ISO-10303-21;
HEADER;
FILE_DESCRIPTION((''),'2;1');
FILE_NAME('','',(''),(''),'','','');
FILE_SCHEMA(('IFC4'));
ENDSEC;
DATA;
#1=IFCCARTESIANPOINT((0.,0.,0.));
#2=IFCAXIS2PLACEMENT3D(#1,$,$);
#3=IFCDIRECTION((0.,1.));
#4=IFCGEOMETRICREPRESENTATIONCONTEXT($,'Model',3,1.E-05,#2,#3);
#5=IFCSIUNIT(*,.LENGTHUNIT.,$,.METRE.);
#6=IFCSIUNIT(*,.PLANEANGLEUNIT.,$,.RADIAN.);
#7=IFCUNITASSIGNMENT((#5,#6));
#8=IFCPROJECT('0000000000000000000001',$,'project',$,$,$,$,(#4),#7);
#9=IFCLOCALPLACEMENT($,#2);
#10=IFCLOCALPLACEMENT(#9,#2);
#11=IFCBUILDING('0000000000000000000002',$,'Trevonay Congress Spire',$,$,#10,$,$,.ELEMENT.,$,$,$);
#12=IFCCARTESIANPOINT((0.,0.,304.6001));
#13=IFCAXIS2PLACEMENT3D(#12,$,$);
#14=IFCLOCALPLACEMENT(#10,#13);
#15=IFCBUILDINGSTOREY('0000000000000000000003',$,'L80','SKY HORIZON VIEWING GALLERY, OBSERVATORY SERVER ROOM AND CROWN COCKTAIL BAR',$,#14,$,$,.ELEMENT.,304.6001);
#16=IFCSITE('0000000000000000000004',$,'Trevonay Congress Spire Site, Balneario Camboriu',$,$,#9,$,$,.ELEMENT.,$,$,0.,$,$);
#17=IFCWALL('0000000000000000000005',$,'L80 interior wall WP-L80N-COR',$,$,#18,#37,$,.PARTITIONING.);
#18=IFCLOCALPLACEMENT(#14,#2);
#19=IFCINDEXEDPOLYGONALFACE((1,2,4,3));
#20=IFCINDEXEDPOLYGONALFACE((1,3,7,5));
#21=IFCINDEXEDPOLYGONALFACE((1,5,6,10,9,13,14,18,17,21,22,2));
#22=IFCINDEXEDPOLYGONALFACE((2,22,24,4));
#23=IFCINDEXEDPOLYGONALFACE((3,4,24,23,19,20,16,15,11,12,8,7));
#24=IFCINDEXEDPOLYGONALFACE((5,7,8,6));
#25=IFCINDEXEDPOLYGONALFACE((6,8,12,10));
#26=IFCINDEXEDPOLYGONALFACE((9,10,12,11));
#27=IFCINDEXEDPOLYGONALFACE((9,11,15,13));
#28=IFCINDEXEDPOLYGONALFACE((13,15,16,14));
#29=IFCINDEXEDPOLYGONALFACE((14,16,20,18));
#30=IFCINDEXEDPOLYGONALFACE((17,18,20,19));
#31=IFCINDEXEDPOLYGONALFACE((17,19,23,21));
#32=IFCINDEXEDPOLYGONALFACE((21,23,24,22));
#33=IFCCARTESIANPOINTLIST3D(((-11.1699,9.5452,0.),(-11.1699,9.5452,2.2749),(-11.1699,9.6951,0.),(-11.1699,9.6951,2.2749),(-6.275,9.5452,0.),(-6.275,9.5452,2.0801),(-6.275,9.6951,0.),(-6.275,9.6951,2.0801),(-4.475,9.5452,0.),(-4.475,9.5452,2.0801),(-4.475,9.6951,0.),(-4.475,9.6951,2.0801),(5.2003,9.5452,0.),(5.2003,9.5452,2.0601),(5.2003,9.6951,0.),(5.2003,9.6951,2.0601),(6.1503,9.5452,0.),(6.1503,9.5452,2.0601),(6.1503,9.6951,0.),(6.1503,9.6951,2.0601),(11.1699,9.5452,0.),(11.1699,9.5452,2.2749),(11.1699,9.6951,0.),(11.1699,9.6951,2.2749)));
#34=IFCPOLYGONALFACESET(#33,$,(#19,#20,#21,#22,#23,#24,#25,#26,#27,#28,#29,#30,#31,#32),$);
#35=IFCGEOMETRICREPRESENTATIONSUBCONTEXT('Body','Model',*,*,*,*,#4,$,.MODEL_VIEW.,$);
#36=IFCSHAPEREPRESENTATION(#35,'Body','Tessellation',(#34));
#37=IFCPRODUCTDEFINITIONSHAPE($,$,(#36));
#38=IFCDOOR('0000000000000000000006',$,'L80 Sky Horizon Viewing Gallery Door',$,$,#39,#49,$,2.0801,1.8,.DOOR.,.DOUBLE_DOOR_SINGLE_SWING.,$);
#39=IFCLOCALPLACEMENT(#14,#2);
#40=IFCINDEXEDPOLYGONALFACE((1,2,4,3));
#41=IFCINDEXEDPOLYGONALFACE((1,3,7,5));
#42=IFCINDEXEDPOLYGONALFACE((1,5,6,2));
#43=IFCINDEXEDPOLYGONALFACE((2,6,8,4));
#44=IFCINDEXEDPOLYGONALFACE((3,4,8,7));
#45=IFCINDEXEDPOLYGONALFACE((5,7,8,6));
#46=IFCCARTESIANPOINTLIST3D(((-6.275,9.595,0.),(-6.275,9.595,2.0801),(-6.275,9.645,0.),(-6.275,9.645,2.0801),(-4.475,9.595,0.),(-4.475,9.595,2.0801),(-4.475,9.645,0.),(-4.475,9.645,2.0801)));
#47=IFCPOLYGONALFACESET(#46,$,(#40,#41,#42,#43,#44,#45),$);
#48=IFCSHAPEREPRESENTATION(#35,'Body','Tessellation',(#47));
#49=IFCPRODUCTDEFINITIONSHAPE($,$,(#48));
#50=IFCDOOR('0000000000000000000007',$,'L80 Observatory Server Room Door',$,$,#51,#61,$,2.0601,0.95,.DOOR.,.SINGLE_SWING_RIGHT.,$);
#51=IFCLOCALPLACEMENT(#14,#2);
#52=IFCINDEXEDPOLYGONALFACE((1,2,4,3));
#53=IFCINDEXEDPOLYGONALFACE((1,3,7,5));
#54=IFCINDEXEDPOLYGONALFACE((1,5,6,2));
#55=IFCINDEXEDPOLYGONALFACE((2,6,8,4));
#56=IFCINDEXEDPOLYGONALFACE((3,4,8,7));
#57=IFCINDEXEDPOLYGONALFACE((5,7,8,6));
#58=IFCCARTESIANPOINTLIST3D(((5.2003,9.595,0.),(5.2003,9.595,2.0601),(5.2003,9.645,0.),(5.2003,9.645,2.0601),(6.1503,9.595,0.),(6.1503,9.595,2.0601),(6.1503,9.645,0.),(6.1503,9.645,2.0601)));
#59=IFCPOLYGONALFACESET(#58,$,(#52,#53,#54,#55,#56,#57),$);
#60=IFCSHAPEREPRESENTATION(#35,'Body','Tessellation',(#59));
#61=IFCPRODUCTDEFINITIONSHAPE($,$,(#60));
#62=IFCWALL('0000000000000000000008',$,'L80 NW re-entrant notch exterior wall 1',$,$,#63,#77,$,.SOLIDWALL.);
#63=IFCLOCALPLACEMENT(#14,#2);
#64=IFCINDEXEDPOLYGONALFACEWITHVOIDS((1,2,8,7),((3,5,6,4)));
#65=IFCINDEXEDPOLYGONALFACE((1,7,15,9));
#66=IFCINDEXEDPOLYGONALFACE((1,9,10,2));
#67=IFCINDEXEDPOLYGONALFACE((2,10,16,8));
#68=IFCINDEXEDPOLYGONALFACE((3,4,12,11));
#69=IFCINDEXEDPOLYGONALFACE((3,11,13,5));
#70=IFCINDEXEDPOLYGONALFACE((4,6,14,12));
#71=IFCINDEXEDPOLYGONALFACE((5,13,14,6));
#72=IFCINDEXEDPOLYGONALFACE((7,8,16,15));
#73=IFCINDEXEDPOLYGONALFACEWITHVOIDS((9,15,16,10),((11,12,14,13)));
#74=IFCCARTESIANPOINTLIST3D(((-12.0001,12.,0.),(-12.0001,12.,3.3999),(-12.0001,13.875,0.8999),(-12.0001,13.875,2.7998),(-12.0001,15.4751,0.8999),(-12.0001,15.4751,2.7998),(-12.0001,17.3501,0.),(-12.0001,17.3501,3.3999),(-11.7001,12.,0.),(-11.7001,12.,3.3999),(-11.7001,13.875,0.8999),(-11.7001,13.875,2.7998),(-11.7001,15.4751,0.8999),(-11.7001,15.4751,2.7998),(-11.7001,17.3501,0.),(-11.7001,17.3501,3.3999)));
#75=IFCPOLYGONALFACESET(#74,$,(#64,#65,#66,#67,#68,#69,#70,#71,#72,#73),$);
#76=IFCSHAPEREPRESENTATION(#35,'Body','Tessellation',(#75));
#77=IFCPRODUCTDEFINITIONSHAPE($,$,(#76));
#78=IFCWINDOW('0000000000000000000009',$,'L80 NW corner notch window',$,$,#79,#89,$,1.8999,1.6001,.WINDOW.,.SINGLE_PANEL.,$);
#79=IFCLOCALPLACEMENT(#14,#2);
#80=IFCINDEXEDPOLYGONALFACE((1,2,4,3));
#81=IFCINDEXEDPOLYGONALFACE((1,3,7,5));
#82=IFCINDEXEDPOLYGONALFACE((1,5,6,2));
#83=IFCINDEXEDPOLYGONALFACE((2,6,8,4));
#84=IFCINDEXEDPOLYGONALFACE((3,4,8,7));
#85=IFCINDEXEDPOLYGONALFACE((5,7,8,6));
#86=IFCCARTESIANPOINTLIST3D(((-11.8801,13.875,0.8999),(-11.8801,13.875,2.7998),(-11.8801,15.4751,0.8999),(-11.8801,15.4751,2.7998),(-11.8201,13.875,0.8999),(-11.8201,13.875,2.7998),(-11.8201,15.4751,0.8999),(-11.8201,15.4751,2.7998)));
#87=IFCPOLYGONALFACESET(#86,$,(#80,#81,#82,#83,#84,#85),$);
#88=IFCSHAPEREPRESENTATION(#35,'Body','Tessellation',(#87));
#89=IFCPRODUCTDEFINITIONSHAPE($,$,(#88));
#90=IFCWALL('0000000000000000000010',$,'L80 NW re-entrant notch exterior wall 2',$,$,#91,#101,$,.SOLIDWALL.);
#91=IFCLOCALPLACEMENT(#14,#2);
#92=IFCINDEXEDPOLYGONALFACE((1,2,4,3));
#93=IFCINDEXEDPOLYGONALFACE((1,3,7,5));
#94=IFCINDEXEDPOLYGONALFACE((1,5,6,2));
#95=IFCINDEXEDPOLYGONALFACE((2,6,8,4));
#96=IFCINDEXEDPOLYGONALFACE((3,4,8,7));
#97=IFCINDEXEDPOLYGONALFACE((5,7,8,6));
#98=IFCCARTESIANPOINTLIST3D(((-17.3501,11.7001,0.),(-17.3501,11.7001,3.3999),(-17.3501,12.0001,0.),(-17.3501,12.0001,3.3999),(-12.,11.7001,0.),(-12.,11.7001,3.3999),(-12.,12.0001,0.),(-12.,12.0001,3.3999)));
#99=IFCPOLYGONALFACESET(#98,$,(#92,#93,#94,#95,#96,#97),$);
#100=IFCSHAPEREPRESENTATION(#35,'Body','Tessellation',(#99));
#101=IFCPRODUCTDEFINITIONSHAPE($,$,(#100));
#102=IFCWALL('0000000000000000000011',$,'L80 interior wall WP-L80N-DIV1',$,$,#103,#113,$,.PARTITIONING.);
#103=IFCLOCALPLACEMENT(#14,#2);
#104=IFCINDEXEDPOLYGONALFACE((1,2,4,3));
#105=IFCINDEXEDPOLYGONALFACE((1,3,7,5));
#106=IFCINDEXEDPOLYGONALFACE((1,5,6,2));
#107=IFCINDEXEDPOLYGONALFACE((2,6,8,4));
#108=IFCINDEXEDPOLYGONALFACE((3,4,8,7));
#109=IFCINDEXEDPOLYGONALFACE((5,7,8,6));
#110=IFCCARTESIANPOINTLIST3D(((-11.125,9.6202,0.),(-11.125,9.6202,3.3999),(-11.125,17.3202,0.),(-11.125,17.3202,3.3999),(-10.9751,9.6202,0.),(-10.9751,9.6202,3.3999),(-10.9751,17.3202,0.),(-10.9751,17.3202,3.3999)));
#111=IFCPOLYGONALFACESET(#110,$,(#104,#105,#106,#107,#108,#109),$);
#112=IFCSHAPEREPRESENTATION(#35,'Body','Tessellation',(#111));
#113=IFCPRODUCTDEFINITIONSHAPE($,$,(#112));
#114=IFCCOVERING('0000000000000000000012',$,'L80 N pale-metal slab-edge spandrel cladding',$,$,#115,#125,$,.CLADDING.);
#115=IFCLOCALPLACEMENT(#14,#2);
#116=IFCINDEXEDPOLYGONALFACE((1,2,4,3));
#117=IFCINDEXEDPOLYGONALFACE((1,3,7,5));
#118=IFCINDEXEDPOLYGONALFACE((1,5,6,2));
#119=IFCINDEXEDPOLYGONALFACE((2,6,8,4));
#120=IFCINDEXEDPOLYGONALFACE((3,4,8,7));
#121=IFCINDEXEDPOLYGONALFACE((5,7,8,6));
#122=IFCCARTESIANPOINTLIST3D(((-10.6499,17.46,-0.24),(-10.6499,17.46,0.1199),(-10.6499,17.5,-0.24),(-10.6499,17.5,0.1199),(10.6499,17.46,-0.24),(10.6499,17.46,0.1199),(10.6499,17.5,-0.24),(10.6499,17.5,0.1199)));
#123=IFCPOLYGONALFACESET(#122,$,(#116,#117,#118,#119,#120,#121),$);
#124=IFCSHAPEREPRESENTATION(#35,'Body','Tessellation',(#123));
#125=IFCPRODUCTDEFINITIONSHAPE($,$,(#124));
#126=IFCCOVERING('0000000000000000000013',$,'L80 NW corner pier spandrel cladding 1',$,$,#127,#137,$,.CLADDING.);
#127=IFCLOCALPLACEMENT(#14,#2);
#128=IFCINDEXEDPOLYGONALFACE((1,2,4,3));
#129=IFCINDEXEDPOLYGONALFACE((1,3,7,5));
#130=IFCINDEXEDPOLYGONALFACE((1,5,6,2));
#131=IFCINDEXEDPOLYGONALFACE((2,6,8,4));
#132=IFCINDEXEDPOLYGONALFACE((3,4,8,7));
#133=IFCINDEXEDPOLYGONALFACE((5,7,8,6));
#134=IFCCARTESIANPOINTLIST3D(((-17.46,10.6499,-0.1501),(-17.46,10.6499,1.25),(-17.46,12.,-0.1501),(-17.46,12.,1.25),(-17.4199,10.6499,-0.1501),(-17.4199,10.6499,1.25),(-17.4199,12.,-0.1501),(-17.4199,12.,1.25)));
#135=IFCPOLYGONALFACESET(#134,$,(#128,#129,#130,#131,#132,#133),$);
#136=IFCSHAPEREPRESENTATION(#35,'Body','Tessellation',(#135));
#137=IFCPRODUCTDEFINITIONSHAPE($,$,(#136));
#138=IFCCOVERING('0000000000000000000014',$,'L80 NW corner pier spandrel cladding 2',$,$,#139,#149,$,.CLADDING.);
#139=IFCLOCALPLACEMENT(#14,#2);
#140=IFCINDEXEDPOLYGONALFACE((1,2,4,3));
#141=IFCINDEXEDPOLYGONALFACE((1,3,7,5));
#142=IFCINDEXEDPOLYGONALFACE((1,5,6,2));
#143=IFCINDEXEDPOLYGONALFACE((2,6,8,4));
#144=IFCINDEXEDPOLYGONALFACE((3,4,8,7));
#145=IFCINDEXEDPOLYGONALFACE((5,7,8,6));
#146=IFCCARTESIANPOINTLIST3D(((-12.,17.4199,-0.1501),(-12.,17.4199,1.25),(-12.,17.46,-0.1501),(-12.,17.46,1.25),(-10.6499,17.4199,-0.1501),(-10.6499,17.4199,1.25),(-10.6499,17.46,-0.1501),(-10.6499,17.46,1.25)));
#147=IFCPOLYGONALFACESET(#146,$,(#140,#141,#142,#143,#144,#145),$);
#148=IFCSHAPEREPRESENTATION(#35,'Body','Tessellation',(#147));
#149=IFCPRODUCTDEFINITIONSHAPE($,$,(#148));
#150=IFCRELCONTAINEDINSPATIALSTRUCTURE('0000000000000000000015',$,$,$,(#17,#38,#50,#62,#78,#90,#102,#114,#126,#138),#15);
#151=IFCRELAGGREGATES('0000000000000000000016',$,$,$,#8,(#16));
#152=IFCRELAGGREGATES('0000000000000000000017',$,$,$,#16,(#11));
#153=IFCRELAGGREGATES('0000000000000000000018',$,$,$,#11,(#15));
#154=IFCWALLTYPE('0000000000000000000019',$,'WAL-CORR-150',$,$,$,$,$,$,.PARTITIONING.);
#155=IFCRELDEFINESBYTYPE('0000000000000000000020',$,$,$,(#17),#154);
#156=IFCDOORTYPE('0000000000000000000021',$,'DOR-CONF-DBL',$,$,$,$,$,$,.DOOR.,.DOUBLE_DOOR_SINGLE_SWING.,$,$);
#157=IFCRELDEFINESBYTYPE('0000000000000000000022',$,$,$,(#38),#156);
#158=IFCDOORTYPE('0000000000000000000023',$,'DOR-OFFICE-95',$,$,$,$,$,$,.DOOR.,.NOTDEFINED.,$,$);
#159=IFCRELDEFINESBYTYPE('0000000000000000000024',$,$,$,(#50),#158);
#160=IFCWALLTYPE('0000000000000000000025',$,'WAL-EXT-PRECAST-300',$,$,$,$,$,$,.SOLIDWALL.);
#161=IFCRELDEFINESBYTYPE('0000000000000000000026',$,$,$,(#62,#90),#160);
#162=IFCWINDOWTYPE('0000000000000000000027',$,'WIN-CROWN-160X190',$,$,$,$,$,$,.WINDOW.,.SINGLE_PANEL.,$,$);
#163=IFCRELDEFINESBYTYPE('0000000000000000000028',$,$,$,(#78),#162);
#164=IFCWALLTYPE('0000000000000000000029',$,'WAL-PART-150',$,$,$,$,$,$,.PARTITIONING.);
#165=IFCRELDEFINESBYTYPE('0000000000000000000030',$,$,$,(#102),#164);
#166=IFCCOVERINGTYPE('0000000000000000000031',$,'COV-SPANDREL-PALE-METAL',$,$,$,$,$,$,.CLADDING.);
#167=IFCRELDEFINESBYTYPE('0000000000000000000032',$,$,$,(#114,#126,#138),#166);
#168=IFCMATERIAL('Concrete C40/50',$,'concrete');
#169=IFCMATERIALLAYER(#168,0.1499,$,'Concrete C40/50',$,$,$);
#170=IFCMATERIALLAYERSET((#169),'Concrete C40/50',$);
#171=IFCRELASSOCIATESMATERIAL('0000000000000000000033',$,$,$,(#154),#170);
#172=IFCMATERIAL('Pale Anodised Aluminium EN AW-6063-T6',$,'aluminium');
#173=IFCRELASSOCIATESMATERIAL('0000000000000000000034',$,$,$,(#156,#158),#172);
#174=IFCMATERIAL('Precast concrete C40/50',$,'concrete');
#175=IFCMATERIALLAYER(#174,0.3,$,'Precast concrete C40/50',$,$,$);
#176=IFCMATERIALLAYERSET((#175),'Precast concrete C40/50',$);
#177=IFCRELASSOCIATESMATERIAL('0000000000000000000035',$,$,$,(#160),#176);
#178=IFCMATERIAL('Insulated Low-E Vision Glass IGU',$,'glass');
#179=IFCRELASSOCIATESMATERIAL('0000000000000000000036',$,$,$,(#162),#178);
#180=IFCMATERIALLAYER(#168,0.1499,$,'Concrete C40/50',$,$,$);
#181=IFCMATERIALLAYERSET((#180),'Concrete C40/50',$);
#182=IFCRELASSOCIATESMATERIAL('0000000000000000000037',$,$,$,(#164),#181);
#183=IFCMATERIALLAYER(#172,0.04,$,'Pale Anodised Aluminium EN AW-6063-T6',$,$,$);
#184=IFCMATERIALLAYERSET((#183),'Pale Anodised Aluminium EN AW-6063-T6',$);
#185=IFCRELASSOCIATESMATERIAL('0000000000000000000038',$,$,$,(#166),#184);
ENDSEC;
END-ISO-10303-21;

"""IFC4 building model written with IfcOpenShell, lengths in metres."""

from ifc_helpers import new_model, si_unit, direction, frame, frame_2d, origin, place, context, subcontext, project, spatial, rectangle, extrude, material, layer, layer_set, type_object, element, fill, save


model = new_model("IFC4")

# Units and contexts
model_context = context("Model", 3, precision=1e-05, world=origin(), true_north=direction((0.0, 1.0)))
body_context = subcontext(model_context, "Body", "Model", "MODEL_VIEW")
ifc_project = project(units=[si_unit("LENGTHUNIT", "METRE"), si_unit("PLANEANGLEUNIT", "RADIAN")], contexts=[model_context])

# Site, building, storey
site_placement = place(None, origin())
site = spatial("IfcSite", under=ifc_project, at=site_placement, Name="Trevonay Congress Spire Site, Balneario Camboriu", CompositionType="ELEMENT", RefElevation=0.0)
building_placement = place(site_placement, origin())
building = spatial("IfcBuilding", under=site, at=building_placement, Name="Trevonay Congress Spire", CompositionType="ELEMENT")
storey_placement = place(building_placement, frame((0.0, 0.0, 304.6001)))
storey = spatial("IfcBuildingStorey", under=building, at=storey_placement, Name="L80", Description="SKY HORIZON VIEWING GALLERY, OBSERVATORY SERVER ROOM AND CROWN COCKTAIL BAR", CompositionType="ELEMENT", Elevation=304.6001)

# Shared definitions
ifc_material_1 = material(Name="Pale Anodised Aluminium EN AW-6063-T6", Category="aluminium")

# Shared definitions
ifc_material_2 = material(Name="Insulated Low-E Vision Glass IGU", Category="glass")

# Wall, openings, doors
ifc_material_3 = material(Name="Concrete C40/50", Category="concrete")
ifc_layer_1 = layer(ifc_material_3, 0.1499, Name="Concrete C40/50")
ifc_layer_set_1 = layer_set([ifc_layer_1], Name="Concrete C40/50")
wall_type_1 = type_object("IfcWallType", Name="WAL-CORR-150", PredefinedType="PARTITIONING", material=ifc_layer_set_1)
wall_1_placement = place(storey_placement, frame((-11.1699, 9.6201, 0.0), z_axis=(0.0, 0.0, 1.0), x_axis=(1.0, 0.0, 0.0)))
wall_1 = element("IfcWall", 1, at=wall_1_placement, inside=storey, type_object=wall_type_1, Name="L80 interior wall WP-L80N-COR", PredefinedType="PARTITIONING", context=body_context, shape_type="SweptSolid", body=[
    extrude(rectangle(XDim=22.3398, YDim=0.1499, at=frame_2d((11.1699, 0.0))), origin(), (0.0, 0.0, 1.0), 2.2749),
])
opening_1_placement = place(wall_1_placement, frame((4.895, 0.0, 0.0)))
opening_1 = element("IfcOpeningElement", 2, at=opening_1_placement, cuts=wall_1, PredefinedType="OPENING", context=body_context, shape_type="SweptSolid", body=[
    extrude(rectangle(XDim=1.8, YDim=2.0801, at=frame_2d((0.8999, 1.04))), frame((0.0, 0.085, 0.0), z_axis=(0.0, -1.0, 0.0), x_axis=(1.0, 0.0, 0.0)), (0.0, 0.0, 1.0), 0.1699),
])
opening_2_placement = place(wall_1_placement, frame((16.3701, 0.0, 0.0)))
opening_2 = element("IfcOpeningElement", 3, at=opening_2_placement, cuts=wall_1, PredefinedType="OPENING", context=body_context, shape_type="SweptSolid", body=[
    extrude(rectangle(XDim=0.95, YDim=2.0601, at=frame_2d((0.4751, 1.03))), frame((0.0, 0.085, 0.0), z_axis=(0.0, -1.0, 0.0), x_axis=(1.0, 0.0, 0.0)), (0.0, 0.0, 1.0), 0.1699),
])
door_type_1 = type_object("IfcDoorType", Name="DOR-CONF-DBL", OperationType="DOUBLE_DOOR_SINGLE_SWING", PredefinedType="DOOR", material=ifc_material_1)
door_1_placement = place(opening_1_placement, origin())
door_1 = element("IfcDoor", 4, at=door_1_placement, inside=storey, type_object=door_type_1, Name="L80 Sky Horizon Viewing Gallery Door", OperationType="DOUBLE_DOOR_SINGLE_SWING", OverallHeight=2.0801, OverallWidth=1.8, PredefinedType="DOOR", context=body_context, shape_type="SweptSolid", body=[
    extrude(rectangle(XDim=1.8, YDim=2.0801, at=frame_2d((0.8999, 1.04))), frame((0.0, 0.0249, 0.0), z_axis=(0.0, -1.0, 0.0), x_axis=(1.0, 0.0, 0.0)), (0.0, 0.0, 1.0), 0.05),
])
fill(opening_1, door_1)
door_type_2 = type_object("IfcDoorType", Name="DOR-OFFICE-95", OperationType="NOTDEFINED", PredefinedType="DOOR", material=ifc_material_1)
door_2_placement = place(opening_2_placement, origin())
door_2 = element("IfcDoor", 5, at=door_2_placement, inside=storey, type_object=door_type_2, Name="L80 Observatory Server Room Door", OperationType="SINGLE_SWING_RIGHT", OverallHeight=2.0601, OverallWidth=0.95, PredefinedType="DOOR", context=body_context, shape_type="SweptSolid", body=[
    extrude(rectangle(XDim=0.95, YDim=2.0601, at=frame_2d((0.4751, 1.03))), frame((0.0, 0.0249, 0.0), z_axis=(0.0, -1.0, 0.0), x_axis=(1.0, 0.0, 0.0)), (0.0, 0.0, 1.0), 0.05),
])
fill(opening_2, door_2)

# Wall, opening, window
ifc_material_4 = material(Name="Precast concrete C40/50", Category="concrete")
ifc_layer_2 = layer(ifc_material_4, 0.3, Name="Precast concrete C40/50")
ifc_layer_set_2 = layer_set([ifc_layer_2], Name="Precast concrete C40/50")
wall_type_2 = type_object("IfcWallType", Name="WAL-EXT-PRECAST-300", PredefinedType="SOLIDWALL", material=ifc_layer_set_2)
wall_2_placement = place(storey_placement, frame((-11.8501, 17.3501, 0.0), z_axis=(0.0, 0.0, 1.0), x_axis=(0.0, -1.0, 0.0)))
wall_2 = element("IfcWall", 6, at=wall_2_placement, inside=storey, type_object=wall_type_2, Name="L80 NW re-entrant notch exterior wall 1", PredefinedType="SOLIDWALL", context=body_context, shape_type="SweptSolid", body=[
    extrude(rectangle(XDim=5.3501, YDim=0.3, at=frame_2d((2.675, 0.0))), origin(), (0.0, 0.0, 1.0), 3.3999),
])
opening_3_placement = place(wall_2_placement, frame((1.875, 0.0, 0.8999)))
opening_3 = element("IfcOpeningElement", 7, at=opening_3_placement, cuts=wall_2, PredefinedType="OPENING", context=body_context, shape_type="SweptSolid", body=[
    extrude(rectangle(XDim=1.6001, YDim=1.8999, at=frame_2d((0.8, 0.95))), frame((0.0, 0.1602, 0.0), z_axis=(0.0, -1.0, 0.0), x_axis=(1.0, 0.0, 0.0)), (0.0, 0.0, 1.0), 0.3201),
])
window_type = type_object("IfcWindowType", Name="WIN-CROWN-160X190", PartitioningType="SINGLE_PANEL", PredefinedType="WINDOW", material=ifc_material_2)
window_placement = place(opening_3_placement, origin())
window = element("IfcWindow", 8, at=window_placement, inside=storey, type_object=window_type, Name="L80 NW corner notch window", OverallHeight=1.8999, OverallWidth=1.6001, PartitioningType="SINGLE_PANEL", PredefinedType="WINDOW", context=body_context, shape_type="SweptSolid", body=[
    extrude(rectangle(XDim=1.6001, YDim=1.8999, at=frame_2d((0.8, 0.95))), frame((0.0, 0.03, 0.0), z_axis=(0.0, -1.0, 0.0), x_axis=(1.0, 0.0, 0.0)), (0.0, 0.0, 1.0), 0.0601),
])
fill(opening_3, window)

# Walls
wall_3_placement = place(storey_placement, frame((-17.3501, 11.8501, 0.0), z_axis=(0.0, 0.0, 1.0), x_axis=(1.0, 0.0, 0.0)))
element("IfcWall", 9, at=wall_3_placement, inside=storey, type_object=wall_type_2, Name="L80 NW re-entrant notch exterior wall 2", PredefinedType="SOLIDWALL", context=body_context, shape_type="SweptSolid", body=[
    extrude(rectangle(XDim=5.3501, YDim=0.3, at=frame_2d((2.675, 0.0))), origin(), (0.0, 0.0, 1.0), 3.3999),
])
ifc_layer_3 = layer(ifc_material_3, 0.1499, Name="Concrete C40/50")
ifc_layer_set_3 = layer_set([ifc_layer_3], Name="Concrete C40/50")
wall_type_3 = type_object("IfcWallType", Name="WAL-PART-150", PredefinedType="PARTITIONING", material=ifc_layer_set_3)
wall_4_placement = place(storey_placement, frame((-11.05, 9.6201, 0.0), z_axis=(0.0, 0.0, 1.0), x_axis=(0.0, 1.0, 0.0)))
element("IfcWall", 10, at=wall_4_placement, inside=storey, type_object=wall_type_3, Name="L80 interior wall WP-L80N-DIV1", PredefinedType="PARTITIONING", context=body_context, shape_type="SweptSolid", body=[
    extrude(rectangle(XDim=7.7, YDim=0.1499, at=frame_2d((3.8501, 0.0))), origin(), (0.0, 0.0, 1.0), 3.3999),
])

# Coverings
ifc_layer_4 = layer(ifc_material_1, 0.04, Name="Pale Anodised Aluminium EN AW-6063-T6")
ifc_layer_set_4 = layer_set([ifc_layer_4], Name="Pale Anodised Aluminium EN AW-6063-T6")
covering_type = type_object("IfcCoveringType", Name="COV-SPANDREL-PALE-METAL", PredefinedType="CLADDING", material=ifc_layer_set_4)
covering_placement = place(storey_placement, frame((-10.6499, 17.48, -0.24), z_axis=(0.0, 0.0, 1.0), x_axis=(1.0, 0.0, 0.0)))
element("IfcCovering", 11, at=covering_placement, inside=storey, type_object=covering_type, Name="L80 N pale-metal slab-edge spandrel cladding", PredefinedType="CLADDING", context=body_context, shape_type="SweptSolid", body=[
    extrude(rectangle(XDim=21.2998, YDim=0.04, at=frame_2d((10.6499, 0.0))), origin(), (0.0, 0.0, 1.0), 0.3599),
])
for number, where, z_axis, x_axis, name in (
    (12, (-17.4399, 10.6499, -0.1501), (0.0, 0.0, 1.0), (0.0, 1.0, 0.0), "L80 NW corner pier spandrel cladding 1"),
    (13, (-10.6499, 17.4399, -0.1501), (0.0, 0.0, 1.0), (-1.0, 0.0, 0.0), "L80 NW corner pier spandrel cladding 2"),
):
    element("IfcCovering", number, at=place(storey_placement, frame(where, z_axis=z_axis, x_axis=x_axis)), inside=storey, type_object=covering_type, Name=name, PredefinedType="CLADDING", context=body_context, shape_type="SweptSolid", body=[
        extrude(rectangle(XDim=1.3501, YDim=0.04, at=frame_2d((0.675, 0.0))), origin(), (0.0, 0.0, 1.0), 1.4001),
    ])

save(model, "model.ifc")
